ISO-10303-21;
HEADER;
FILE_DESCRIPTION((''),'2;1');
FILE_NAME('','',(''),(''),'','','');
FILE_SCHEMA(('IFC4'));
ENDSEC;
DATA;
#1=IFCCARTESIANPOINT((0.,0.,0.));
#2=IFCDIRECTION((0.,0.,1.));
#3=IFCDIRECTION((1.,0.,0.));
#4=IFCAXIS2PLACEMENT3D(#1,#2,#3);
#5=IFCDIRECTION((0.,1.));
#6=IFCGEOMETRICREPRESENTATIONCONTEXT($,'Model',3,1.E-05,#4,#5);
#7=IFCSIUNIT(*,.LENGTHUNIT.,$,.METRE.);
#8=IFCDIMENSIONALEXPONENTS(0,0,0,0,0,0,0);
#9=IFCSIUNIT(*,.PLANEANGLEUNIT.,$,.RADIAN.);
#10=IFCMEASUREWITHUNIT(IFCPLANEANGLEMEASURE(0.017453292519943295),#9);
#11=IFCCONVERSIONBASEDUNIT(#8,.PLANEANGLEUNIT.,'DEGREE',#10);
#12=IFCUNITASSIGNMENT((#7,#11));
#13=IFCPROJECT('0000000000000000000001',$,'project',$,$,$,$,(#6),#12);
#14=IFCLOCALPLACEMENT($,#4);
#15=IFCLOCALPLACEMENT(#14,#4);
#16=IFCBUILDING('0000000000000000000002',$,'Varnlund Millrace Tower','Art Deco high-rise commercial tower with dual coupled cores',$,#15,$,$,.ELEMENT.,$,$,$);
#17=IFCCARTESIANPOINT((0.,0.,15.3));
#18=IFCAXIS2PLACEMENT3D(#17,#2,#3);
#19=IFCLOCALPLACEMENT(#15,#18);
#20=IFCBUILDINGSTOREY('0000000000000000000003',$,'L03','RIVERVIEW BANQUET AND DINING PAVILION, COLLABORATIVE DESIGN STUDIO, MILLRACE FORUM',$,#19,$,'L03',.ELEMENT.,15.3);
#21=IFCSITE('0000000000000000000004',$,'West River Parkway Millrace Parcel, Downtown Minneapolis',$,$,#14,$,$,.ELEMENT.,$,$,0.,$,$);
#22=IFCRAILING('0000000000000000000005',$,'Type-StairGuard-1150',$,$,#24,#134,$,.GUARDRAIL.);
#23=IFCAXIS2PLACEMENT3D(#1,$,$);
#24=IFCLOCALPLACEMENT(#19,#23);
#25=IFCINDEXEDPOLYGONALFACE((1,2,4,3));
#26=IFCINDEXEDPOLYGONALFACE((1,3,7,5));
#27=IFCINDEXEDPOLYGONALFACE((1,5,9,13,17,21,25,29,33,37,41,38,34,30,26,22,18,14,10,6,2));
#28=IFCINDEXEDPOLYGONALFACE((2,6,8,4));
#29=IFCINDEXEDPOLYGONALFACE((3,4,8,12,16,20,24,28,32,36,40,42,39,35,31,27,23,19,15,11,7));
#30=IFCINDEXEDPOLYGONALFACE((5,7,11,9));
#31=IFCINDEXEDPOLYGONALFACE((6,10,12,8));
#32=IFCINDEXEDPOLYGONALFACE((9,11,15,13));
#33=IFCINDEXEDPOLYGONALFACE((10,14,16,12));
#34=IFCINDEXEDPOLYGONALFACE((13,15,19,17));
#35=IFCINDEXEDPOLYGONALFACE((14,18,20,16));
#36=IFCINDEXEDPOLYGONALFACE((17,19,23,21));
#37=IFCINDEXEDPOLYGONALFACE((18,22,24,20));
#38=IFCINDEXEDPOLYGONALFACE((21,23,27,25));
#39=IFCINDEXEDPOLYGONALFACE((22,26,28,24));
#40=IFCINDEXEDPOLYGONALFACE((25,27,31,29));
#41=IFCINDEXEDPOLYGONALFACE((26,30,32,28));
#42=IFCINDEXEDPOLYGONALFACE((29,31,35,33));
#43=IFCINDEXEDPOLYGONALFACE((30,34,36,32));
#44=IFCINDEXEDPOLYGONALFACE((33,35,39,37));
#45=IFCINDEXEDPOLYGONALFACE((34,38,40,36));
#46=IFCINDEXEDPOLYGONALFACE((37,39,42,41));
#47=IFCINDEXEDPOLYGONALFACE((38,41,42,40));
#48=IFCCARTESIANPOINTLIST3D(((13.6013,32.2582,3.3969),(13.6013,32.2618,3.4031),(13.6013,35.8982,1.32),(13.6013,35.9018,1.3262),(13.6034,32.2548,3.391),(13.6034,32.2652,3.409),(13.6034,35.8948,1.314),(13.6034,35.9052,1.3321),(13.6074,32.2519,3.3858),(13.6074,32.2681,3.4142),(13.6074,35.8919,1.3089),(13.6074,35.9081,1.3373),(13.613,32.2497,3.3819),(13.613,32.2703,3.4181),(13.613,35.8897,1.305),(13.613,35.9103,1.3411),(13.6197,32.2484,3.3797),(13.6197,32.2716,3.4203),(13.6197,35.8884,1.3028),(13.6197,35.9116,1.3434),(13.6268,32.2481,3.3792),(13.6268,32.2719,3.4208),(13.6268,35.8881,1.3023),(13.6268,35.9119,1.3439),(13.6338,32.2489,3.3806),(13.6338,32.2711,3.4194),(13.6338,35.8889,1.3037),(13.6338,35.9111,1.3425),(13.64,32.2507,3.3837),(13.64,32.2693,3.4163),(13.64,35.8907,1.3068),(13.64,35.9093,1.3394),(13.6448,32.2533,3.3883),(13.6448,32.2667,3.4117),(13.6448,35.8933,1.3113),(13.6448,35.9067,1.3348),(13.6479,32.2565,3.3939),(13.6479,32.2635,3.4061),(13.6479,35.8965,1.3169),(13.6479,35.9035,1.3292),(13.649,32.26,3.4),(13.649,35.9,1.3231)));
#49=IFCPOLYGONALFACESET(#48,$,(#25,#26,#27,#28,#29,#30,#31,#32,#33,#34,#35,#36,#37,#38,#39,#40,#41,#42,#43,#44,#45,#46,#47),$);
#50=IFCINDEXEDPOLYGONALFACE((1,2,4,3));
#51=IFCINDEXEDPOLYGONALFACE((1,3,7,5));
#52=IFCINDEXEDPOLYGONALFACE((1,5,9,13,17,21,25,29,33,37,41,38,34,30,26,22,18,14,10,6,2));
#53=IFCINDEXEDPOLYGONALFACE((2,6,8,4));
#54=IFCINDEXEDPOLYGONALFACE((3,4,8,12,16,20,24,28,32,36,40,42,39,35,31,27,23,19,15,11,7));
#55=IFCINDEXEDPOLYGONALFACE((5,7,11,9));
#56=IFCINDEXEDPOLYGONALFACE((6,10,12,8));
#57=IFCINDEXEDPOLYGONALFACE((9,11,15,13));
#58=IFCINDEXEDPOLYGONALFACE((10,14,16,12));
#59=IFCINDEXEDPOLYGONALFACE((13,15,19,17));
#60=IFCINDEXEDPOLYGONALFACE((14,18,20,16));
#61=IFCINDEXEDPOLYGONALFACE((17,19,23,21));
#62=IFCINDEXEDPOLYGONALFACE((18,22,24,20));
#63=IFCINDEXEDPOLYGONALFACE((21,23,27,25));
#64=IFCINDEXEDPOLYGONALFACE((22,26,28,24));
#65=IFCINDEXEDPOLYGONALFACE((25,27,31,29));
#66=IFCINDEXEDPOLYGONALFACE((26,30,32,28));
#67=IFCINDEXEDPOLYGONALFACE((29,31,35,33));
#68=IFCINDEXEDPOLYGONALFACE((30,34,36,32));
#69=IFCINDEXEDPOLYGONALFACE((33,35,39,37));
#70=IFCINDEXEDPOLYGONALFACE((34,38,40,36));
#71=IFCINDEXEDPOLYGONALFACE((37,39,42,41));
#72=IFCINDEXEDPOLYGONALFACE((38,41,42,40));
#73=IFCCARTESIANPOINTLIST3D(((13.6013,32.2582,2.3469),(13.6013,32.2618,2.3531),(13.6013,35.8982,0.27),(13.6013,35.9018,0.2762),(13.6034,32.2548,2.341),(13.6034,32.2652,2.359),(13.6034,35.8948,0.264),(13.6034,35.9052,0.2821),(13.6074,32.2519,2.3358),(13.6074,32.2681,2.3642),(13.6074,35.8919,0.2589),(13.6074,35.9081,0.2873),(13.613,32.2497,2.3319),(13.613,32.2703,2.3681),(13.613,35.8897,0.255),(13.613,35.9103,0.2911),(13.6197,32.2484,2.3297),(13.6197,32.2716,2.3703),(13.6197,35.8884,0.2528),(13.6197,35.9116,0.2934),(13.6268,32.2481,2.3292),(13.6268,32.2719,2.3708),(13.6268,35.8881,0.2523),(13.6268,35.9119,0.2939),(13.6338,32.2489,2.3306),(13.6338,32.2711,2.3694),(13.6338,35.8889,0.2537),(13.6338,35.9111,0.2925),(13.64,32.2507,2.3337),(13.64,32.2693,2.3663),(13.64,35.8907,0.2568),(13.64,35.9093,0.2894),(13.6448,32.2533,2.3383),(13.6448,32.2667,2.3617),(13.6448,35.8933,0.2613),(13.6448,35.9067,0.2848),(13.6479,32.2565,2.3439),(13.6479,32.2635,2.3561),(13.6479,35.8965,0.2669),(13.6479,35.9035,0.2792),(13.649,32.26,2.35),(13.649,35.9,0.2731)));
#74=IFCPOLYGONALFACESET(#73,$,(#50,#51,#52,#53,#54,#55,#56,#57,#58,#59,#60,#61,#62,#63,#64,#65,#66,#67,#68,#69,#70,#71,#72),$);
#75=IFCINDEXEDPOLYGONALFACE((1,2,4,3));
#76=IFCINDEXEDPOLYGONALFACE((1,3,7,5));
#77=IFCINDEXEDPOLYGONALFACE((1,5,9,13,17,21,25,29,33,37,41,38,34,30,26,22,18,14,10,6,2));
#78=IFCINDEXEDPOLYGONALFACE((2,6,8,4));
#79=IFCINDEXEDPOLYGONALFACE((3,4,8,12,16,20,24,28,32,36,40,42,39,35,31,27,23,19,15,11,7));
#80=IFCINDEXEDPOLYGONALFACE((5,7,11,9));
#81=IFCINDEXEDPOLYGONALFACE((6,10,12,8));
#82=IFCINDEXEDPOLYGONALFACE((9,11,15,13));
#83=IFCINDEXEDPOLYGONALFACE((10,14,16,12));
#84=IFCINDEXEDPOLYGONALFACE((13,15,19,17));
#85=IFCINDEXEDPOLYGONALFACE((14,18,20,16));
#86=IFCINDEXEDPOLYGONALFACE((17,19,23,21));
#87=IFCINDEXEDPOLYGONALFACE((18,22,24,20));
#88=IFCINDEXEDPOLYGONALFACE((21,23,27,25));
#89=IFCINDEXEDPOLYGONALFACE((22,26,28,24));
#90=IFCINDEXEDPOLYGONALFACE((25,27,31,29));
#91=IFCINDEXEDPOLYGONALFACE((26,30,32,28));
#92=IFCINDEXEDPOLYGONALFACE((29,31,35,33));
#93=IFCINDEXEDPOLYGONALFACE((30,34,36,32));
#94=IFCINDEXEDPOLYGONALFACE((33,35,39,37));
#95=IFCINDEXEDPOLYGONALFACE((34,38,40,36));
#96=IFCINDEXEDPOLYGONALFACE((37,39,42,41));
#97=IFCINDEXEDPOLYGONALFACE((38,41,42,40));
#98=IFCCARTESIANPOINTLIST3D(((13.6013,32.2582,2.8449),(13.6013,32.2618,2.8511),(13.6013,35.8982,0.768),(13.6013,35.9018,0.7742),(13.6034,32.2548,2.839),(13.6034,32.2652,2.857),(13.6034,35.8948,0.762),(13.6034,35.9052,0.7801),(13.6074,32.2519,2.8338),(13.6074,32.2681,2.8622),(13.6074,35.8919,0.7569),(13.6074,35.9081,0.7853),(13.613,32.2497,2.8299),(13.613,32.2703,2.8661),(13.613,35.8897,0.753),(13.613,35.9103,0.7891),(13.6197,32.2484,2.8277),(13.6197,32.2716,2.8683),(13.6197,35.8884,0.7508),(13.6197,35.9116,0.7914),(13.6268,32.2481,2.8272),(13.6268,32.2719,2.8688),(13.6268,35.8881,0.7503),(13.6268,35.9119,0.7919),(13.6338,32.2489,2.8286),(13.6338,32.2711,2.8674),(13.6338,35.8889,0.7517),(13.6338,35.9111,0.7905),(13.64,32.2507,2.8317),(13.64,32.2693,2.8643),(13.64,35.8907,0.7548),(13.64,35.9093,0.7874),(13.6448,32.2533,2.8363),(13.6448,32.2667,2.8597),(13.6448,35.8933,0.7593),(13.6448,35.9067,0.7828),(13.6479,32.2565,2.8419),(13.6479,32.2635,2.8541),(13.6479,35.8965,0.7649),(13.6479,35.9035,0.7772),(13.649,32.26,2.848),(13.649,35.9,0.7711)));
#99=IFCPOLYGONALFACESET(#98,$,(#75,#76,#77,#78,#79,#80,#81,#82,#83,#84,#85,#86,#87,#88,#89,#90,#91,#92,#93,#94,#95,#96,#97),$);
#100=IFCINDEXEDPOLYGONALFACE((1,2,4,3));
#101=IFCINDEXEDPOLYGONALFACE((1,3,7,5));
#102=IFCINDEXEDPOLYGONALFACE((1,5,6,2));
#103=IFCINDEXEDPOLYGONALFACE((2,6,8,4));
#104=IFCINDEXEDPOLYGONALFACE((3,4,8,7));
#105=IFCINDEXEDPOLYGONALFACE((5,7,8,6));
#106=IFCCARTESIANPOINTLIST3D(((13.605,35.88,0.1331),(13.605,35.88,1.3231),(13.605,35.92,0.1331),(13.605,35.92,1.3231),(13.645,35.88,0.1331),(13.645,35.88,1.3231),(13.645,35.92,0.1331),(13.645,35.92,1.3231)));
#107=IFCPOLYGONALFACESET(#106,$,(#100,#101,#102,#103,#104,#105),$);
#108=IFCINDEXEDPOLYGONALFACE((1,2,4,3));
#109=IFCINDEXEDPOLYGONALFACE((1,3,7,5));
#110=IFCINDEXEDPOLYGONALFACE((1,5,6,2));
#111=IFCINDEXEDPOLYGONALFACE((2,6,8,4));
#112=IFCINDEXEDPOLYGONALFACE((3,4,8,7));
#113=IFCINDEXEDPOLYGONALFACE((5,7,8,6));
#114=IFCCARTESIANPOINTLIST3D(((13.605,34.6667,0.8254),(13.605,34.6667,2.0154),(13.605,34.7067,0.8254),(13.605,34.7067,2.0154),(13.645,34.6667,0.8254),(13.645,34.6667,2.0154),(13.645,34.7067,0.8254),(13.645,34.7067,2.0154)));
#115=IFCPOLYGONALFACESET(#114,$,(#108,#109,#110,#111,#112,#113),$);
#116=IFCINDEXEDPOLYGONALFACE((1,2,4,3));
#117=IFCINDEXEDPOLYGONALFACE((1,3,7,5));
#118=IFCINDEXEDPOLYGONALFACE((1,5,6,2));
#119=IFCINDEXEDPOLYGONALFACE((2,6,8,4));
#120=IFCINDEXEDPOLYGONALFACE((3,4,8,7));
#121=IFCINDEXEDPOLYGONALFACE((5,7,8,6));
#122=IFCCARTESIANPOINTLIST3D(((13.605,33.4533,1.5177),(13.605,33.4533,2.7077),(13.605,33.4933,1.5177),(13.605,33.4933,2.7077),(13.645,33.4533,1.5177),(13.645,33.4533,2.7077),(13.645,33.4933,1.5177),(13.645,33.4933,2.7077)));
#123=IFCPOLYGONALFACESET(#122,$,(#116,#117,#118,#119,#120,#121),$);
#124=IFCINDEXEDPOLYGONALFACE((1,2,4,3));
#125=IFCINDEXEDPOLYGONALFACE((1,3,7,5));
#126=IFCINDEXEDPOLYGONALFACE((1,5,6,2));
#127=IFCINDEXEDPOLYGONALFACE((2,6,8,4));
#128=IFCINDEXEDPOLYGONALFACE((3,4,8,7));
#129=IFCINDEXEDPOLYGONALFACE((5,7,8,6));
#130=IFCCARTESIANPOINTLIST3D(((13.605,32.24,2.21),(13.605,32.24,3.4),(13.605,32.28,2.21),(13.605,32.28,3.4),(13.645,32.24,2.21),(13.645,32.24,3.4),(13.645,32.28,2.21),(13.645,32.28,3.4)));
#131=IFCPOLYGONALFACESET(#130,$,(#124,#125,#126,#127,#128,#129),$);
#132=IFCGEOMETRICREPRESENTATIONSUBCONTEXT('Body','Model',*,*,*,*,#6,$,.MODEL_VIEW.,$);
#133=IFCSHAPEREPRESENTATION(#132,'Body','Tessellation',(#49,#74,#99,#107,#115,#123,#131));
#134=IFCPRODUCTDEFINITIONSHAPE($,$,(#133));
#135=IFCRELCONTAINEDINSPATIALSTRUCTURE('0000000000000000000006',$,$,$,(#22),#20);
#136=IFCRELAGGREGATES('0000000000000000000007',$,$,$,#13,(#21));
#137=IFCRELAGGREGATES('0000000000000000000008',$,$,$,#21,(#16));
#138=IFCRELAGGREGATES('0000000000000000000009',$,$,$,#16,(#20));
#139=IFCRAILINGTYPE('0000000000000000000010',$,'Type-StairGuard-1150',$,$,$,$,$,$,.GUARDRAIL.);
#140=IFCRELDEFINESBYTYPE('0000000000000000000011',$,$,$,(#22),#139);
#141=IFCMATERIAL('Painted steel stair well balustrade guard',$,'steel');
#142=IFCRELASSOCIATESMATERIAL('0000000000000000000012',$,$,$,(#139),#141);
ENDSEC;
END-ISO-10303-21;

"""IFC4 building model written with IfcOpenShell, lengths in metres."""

from ifc_helpers import new_model, entity, si_unit, converted_unit, direction, frame, origin_with_axes, origin_2d_with_axis, place, context, subcontext, project, spatial, rectangle, circle, extrude, material, type_object, element, save


model = new_model("IFC4")

# Units and contexts
model_context = context("Model", 3, precision=1e-05, world=origin_with_axes(), true_north=direction((0.0, 1.0)))
body_context = subcontext(model_context, "Body", "Model", "MODEL_VIEW")
ifc_project = project(units=[si_unit("LENGTHUNIT", "METRE"), converted_unit("PLANEANGLEUNIT", "DEGREE", entity("IfcPlaneAngleMeasure", 0.017453292519943295), si_unit("PLANEANGLEUNIT", "RADIAN"), dimensions=[0, 0, 0, 0, 0, 0, 0])], contexts=[model_context])

# Site, building, storey
site_placement = place(None, origin_with_axes())
site = spatial("IfcSite", under=ifc_project, at=site_placement, Name="West River Parkway Millrace Parcel, Downtown Minneapolis", CompositionType="ELEMENT", RefElevation=0.0)
building_placement = place(site_placement, origin_with_axes())
building = spatial("IfcBuilding", under=site, at=building_placement, Name="Varnlund Millrace Tower", Description="Art Deco high-rise commercial tower with dual coupled cores", CompositionType="ELEMENT")
storey_placement = place(building_placement, frame((0.0, 0.0, 15.3), z_axis=(0.0, 0.0, 1.0), x_axis=(1.0, 0.0, 0.0)))
storey = spatial("IfcBuildingStorey", under=building, at=storey_placement, Name="L03", Description="RIVERVIEW BANQUET AND DINING PAVILION, COLLABORATIVE DESIGN STUDIO, MILLRACE FORUM", LongName="L03", CompositionType="ELEMENT", Elevation=15.3)

# Railing
ifc_material_1 = material(Name="Painted steel stair well balustrade guard", Category="steel")
railing_type_1 = type_object("IfcRailingType", Name="Type-StairGuard-1150", PredefinedType="GUARDRAIL", material=ifc_material_1)
railing_1_placement = place(storey_placement, frame((0.0, 0.0, -15.3), z_axis=(0.0, 0.0, 1.0), x_axis=(1.0, 0.0, 0.0)))
element("IfcRailing", 1, at=railing_1_placement, inside=storey, type_object=railing_type_1, Name="Type-StairGuard-1150", PredefinedType="GUARDRAIL", context=body_context, shape_type="SweptSolid", body=[
    extrude(circle(Radius=0.024, at=origin_2d_with_axis()), frame((13.625, 35.9, 16.6231), z_axis=(0.0, -0.868559, 0.495585), x_axis=(1.0, 0.0, 0.0)), (0.0, 0.0, 1.0), 4.1908),
    extrude(circle(Radius=0.024, at=origin_2d_with_axis()), frame((13.625, 35.9, 15.5731), z_axis=(0.0, -0.868559, 0.495585), x_axis=(1.0, 0.0, 0.0)), (0.0, 0.0, 1.0), 4.1908),
    extrude(circle(Radius=0.024, at=origin_2d_with_axis()), frame((13.625, 35.9, 16.0711), z_axis=(0.0, -0.868559, 0.495585), x_axis=(1.0, 0.0, 0.0)), (0.0, 0.0, 1.0), 4.1908),
    extrude(rectangle(XDim=0.04, YDim=0.04, at=origin_2d_with_axis()), frame((13.625, 35.9, 15.4331), z_axis=(0.0, 0.0, 1.0), x_axis=(1.0, 0.0, 0.0)), (0.0, 0.0, 1.0), 1.19),
    extrude(rectangle(XDim=0.04, YDim=0.04, at=origin_2d_with_axis()), frame((13.625, 34.6867, 16.1254), z_axis=(0.0, 0.0, 1.0), x_axis=(1.0, 0.0, 0.0)), (0.0, 0.0, 1.0), 1.19),
    extrude(rectangle(XDim=0.04, YDim=0.04, at=origin_2d_with_axis()), frame((13.625, 33.4733, 16.8177), z_axis=(0.0, 0.0, 1.0), x_axis=(1.0, 0.0, 0.0)), (0.0, 0.0, 1.0), 1.19),
    extrude(rectangle(XDim=0.04, YDim=0.04, at=origin_2d_with_axis()), frame((13.625, 32.26, 17.51), z_axis=(0.0, 0.0, 1.0), x_axis=(1.0, 0.0, 0.0)), (0.0, 0.0, 1.0), 1.19),
])

save(model, "model.ifc")
